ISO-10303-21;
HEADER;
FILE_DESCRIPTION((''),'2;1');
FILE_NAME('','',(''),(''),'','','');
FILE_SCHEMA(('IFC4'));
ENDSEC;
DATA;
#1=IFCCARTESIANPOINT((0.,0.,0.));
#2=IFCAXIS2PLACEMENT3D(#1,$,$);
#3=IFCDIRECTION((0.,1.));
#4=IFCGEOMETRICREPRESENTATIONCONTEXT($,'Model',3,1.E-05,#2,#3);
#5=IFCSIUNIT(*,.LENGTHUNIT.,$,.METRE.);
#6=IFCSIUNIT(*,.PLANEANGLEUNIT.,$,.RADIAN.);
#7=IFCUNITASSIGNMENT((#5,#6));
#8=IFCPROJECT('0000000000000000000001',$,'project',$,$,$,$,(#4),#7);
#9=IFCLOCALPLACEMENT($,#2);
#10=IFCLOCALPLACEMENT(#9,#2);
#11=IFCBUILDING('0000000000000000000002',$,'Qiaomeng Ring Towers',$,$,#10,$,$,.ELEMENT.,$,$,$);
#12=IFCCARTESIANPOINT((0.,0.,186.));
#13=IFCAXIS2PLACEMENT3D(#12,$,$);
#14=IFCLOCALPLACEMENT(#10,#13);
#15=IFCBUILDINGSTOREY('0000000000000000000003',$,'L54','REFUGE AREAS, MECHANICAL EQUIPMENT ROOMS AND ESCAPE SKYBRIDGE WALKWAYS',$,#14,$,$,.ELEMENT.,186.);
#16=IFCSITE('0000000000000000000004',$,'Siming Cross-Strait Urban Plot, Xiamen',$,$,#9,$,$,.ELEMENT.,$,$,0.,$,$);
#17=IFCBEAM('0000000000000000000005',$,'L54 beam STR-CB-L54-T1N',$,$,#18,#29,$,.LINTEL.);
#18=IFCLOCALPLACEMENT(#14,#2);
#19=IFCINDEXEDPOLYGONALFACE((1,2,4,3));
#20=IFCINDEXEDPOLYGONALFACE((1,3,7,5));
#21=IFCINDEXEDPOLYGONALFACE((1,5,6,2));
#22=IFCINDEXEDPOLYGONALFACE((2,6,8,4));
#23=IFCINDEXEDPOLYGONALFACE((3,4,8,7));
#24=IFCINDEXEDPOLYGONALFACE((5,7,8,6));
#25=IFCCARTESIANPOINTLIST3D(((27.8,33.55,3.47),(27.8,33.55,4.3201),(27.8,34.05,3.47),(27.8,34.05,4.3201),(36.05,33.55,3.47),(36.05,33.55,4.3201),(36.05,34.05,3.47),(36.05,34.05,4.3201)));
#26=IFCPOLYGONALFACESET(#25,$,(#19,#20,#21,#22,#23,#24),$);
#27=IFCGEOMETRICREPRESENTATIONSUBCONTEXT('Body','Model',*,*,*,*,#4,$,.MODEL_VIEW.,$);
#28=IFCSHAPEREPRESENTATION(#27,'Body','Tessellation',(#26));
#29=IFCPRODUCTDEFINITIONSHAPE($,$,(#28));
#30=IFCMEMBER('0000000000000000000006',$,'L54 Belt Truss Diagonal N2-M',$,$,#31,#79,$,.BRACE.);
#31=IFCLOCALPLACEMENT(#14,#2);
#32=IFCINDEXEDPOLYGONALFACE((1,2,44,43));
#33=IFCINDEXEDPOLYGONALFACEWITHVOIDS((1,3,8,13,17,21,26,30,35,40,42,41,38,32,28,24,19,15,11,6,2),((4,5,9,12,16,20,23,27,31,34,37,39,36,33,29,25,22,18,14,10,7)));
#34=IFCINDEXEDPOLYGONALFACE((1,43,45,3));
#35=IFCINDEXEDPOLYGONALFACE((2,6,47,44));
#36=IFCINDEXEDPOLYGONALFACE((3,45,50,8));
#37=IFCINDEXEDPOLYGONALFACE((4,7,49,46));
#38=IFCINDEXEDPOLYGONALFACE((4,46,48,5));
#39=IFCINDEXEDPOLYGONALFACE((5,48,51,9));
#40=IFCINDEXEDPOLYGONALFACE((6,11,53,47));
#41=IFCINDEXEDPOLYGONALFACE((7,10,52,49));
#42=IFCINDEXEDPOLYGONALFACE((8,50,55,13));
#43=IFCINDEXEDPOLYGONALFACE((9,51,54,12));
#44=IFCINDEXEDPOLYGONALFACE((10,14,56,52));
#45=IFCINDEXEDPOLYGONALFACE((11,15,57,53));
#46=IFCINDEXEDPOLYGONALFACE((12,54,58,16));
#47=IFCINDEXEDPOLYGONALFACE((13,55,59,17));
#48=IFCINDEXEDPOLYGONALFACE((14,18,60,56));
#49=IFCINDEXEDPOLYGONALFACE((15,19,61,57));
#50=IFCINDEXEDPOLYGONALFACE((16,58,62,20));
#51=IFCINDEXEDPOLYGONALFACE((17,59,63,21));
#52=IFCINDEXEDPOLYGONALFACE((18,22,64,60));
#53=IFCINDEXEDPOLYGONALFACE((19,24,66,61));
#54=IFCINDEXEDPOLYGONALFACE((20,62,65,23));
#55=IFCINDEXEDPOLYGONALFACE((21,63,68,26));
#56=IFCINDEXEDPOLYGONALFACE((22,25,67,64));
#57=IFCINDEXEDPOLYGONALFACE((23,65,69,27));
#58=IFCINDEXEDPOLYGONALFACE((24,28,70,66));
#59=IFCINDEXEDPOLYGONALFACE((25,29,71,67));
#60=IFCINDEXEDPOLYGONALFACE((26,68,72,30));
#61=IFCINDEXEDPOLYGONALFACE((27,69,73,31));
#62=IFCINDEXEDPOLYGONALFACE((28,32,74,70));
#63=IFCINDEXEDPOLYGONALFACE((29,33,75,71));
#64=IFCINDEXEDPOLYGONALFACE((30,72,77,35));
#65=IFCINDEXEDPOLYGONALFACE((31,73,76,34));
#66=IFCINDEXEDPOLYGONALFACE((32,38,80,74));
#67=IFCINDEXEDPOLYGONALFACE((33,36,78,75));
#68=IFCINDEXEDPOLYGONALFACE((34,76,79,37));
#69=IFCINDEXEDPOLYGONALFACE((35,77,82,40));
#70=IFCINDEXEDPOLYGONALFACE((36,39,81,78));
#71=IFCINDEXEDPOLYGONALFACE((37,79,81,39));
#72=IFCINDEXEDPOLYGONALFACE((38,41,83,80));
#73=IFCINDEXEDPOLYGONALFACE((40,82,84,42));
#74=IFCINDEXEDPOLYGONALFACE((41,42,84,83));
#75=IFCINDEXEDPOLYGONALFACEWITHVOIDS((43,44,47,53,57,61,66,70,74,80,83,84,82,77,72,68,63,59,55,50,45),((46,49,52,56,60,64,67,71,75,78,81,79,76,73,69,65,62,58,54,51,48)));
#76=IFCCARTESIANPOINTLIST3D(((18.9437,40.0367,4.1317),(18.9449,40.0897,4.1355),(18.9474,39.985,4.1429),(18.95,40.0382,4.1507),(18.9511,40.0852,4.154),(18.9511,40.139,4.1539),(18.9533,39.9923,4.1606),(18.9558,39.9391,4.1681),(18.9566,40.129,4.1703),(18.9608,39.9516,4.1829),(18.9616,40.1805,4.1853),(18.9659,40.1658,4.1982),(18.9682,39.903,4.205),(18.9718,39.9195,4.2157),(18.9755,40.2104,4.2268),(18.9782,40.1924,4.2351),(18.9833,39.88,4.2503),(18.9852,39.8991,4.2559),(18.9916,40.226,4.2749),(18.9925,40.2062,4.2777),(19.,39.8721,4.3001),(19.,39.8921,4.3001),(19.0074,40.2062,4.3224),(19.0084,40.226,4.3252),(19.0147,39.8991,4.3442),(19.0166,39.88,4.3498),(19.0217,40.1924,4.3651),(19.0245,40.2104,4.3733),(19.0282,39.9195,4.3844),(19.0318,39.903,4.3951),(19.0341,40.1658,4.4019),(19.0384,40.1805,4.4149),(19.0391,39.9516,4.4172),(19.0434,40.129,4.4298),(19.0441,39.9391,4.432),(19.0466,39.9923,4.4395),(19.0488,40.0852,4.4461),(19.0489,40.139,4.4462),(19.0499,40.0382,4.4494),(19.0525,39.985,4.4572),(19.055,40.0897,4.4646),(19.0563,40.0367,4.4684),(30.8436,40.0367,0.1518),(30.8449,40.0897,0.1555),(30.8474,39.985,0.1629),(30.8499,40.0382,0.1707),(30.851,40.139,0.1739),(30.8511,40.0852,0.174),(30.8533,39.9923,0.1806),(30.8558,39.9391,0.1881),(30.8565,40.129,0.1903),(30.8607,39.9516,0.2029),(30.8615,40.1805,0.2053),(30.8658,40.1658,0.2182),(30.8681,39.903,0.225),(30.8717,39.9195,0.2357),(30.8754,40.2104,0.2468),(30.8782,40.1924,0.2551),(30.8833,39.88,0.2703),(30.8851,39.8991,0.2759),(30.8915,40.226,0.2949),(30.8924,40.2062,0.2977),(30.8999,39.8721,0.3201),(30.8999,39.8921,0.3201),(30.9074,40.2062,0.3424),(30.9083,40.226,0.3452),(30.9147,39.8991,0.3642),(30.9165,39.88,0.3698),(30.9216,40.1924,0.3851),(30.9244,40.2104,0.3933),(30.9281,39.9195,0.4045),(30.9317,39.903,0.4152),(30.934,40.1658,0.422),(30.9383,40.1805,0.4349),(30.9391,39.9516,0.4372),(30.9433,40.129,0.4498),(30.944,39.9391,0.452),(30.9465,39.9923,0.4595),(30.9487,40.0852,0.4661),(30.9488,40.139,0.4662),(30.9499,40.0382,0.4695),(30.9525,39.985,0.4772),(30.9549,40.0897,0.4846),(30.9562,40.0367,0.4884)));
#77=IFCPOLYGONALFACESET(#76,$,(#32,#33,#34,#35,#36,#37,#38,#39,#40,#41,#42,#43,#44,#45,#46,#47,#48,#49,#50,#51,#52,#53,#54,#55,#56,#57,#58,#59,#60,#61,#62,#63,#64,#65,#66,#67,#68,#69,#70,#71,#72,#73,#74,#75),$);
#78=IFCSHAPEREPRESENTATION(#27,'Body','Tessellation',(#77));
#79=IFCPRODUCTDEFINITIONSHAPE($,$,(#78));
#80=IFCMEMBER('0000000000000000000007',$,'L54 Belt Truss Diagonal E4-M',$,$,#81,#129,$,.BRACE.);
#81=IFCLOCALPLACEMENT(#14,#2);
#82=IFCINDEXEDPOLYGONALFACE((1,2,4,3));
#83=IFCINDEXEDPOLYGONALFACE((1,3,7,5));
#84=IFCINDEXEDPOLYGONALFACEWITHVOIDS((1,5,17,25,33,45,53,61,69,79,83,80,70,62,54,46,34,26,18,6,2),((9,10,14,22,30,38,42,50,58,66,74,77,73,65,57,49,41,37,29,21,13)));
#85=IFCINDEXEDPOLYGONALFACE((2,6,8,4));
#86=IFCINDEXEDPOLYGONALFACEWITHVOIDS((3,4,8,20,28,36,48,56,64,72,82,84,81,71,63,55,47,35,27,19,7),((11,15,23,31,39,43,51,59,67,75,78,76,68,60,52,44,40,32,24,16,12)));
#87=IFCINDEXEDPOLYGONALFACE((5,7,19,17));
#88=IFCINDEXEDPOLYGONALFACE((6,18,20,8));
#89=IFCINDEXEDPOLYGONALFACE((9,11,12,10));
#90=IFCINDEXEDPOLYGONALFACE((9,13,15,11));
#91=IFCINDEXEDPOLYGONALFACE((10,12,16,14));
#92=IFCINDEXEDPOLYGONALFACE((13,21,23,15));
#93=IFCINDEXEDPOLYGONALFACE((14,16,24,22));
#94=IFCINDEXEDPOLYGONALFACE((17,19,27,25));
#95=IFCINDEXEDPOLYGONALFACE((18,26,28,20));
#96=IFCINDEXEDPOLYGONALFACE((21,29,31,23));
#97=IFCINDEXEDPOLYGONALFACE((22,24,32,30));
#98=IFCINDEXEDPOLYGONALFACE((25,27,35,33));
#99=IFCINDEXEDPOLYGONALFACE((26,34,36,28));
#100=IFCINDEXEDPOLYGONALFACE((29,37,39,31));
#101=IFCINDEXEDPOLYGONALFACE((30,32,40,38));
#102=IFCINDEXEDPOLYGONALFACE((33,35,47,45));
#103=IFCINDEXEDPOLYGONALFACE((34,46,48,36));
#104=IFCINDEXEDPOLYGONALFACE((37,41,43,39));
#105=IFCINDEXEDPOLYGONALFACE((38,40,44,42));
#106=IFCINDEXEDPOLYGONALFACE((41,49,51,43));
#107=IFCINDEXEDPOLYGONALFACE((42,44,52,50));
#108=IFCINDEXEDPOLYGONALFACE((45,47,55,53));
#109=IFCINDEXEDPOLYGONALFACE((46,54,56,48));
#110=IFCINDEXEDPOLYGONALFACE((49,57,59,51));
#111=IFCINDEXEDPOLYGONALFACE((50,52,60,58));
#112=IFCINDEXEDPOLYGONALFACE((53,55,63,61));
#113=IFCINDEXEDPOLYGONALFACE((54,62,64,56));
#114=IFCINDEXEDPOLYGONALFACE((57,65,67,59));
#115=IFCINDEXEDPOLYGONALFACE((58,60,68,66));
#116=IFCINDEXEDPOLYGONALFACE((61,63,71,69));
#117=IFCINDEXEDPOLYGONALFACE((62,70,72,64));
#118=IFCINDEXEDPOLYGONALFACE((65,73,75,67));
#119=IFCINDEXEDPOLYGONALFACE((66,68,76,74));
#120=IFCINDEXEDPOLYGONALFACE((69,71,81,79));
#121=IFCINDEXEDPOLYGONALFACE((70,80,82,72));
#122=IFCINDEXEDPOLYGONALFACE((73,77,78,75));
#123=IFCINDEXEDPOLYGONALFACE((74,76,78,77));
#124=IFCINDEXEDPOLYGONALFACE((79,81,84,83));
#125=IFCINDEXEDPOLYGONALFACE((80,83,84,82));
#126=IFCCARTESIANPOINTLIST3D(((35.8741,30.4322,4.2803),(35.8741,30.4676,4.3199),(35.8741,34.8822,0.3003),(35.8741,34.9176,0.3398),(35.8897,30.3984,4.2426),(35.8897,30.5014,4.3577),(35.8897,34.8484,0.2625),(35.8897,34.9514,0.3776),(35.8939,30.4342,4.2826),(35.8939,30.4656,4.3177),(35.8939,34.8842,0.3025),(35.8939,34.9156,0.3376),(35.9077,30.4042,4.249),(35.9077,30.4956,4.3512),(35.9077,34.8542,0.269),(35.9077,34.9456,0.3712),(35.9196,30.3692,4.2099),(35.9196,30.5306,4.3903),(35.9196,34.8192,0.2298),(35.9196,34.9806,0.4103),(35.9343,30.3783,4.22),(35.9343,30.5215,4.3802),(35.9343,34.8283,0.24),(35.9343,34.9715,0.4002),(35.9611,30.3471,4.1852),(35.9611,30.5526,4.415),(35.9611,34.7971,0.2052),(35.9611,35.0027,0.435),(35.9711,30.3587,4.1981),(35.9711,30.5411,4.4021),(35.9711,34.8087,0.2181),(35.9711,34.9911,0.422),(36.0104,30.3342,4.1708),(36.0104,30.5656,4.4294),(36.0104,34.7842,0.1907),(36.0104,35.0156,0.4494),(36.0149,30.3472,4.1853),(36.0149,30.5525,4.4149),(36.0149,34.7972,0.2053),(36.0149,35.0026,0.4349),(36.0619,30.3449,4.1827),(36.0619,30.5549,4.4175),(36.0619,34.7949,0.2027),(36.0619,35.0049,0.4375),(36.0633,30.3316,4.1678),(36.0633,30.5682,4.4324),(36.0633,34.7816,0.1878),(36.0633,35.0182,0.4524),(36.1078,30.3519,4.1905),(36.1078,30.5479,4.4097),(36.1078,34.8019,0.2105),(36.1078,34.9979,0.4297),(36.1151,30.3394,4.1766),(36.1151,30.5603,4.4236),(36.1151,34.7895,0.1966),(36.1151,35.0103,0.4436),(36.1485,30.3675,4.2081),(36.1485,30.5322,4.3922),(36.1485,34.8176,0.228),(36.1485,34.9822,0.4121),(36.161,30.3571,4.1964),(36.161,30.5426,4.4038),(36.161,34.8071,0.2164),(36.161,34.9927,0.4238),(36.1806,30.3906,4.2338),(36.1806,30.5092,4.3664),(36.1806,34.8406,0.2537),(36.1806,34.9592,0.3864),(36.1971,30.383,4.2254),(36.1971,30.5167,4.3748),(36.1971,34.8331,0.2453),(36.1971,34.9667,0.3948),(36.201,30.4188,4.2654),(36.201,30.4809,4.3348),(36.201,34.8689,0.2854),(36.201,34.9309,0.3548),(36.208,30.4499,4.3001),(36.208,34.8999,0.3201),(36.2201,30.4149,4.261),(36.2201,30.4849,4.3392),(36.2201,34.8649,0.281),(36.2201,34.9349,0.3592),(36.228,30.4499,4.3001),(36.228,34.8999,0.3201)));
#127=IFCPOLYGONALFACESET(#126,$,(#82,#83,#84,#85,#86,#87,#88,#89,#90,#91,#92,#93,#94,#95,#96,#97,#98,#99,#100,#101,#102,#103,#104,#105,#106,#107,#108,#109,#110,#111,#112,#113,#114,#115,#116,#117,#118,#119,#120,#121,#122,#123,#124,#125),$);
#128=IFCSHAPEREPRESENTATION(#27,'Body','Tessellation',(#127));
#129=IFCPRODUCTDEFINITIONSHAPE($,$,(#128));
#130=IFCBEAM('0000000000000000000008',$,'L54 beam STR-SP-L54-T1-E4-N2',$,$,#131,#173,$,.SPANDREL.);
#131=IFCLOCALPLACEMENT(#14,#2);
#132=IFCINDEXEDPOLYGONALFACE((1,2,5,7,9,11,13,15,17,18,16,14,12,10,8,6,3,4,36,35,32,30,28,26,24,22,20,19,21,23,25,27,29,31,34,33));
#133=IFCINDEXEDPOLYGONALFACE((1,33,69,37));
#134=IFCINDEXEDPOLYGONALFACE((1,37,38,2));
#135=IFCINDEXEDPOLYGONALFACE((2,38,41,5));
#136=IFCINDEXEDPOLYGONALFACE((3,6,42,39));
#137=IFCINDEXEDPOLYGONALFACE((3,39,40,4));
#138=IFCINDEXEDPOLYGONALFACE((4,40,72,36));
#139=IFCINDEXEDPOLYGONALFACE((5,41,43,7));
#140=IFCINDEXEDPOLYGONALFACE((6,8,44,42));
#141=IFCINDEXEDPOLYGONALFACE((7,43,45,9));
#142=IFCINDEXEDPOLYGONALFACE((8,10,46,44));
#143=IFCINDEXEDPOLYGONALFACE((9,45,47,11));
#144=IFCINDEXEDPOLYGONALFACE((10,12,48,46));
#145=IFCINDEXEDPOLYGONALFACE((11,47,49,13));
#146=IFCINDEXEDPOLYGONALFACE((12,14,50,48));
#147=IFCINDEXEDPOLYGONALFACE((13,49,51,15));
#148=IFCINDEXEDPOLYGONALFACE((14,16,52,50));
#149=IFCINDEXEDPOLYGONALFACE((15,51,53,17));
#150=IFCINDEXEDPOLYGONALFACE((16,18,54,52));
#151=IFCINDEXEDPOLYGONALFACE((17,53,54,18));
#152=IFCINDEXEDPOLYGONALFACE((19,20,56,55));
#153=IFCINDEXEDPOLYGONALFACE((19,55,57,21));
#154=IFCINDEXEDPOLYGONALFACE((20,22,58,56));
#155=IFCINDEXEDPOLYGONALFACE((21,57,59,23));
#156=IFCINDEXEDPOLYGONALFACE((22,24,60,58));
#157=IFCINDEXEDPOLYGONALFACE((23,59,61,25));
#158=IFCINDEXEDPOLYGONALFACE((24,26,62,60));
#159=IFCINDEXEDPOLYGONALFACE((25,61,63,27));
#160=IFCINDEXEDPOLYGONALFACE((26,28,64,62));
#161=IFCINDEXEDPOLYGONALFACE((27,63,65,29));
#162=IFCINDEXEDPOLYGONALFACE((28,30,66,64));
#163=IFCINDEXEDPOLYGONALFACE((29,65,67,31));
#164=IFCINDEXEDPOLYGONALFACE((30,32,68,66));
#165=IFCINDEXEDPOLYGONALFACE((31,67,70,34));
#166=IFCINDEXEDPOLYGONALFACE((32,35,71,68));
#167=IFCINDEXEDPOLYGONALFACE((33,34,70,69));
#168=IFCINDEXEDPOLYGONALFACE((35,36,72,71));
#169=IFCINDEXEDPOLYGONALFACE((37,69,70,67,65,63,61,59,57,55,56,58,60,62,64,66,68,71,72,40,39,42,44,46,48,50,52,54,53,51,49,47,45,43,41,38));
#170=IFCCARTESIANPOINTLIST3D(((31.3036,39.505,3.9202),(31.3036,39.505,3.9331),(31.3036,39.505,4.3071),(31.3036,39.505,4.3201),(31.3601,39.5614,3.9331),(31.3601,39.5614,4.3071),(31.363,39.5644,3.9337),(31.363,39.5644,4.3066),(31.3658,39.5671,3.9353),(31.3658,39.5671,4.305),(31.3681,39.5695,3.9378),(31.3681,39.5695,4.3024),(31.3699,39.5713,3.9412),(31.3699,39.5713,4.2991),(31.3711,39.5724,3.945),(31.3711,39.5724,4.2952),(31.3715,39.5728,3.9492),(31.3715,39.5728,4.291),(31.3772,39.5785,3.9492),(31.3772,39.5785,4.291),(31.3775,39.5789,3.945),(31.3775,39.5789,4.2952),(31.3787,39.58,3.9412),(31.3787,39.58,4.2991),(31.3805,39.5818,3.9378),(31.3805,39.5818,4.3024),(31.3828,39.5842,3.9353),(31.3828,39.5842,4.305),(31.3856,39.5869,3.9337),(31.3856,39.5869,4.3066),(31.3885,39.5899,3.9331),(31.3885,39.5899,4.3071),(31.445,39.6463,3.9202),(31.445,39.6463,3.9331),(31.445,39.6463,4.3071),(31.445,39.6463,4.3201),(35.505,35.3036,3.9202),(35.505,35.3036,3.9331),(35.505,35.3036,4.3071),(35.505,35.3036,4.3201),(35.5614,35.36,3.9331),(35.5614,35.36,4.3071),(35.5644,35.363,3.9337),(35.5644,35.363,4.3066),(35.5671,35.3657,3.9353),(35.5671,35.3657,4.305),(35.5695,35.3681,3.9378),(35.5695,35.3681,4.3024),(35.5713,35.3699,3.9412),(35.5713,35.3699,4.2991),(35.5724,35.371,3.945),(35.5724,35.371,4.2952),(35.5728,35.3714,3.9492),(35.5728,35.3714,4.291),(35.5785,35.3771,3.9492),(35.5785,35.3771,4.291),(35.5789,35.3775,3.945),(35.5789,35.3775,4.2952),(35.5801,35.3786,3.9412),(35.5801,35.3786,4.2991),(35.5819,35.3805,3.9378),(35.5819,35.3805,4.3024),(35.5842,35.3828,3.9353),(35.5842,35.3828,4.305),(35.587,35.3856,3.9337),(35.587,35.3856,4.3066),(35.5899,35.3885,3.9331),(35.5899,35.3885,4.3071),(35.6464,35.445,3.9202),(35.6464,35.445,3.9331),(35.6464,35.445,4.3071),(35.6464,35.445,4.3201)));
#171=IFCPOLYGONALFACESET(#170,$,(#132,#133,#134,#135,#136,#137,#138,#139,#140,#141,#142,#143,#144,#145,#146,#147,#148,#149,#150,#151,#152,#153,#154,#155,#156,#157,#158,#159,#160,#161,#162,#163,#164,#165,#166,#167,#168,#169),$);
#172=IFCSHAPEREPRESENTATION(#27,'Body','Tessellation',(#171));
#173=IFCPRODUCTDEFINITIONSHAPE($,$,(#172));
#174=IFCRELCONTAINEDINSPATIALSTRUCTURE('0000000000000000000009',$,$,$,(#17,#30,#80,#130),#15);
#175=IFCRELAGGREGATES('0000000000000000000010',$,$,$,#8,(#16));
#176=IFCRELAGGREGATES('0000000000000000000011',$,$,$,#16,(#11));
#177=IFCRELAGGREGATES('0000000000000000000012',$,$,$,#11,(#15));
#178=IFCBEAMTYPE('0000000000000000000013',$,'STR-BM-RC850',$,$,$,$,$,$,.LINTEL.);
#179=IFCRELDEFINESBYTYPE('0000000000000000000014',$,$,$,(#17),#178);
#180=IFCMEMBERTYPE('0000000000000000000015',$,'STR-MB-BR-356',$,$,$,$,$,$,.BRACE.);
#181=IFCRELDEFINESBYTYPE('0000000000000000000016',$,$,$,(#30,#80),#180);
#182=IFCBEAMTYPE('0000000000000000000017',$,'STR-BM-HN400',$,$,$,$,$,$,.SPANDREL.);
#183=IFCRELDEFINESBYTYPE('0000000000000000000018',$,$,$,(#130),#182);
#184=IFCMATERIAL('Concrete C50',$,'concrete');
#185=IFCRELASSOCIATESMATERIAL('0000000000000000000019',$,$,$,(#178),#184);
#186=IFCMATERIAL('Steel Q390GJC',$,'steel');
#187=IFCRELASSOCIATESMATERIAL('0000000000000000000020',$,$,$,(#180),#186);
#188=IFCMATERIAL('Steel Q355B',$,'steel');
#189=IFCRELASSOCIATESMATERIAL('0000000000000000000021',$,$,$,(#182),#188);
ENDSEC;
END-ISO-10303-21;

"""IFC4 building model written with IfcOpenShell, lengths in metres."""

from ifc_helpers import new_model, si_unit, direction, frame, origin, origin_2d, place, context, subcontext, project, spatial, rectangle, hollow_circle, i_section, extrude, source, transform, mapped, material, material_profile, profile_set, type_object, element, save


model = new_model("IFC4")

# Units and contexts
model_context = context("Model", 3, precision=1e-05, world=origin(), true_north=direction((0.0, 1.0)))
body_context = subcontext(model_context, "Body", "Model", "MODEL_VIEW")
ifc_project = project(units=[si_unit("LENGTHUNIT", "METRE"), si_unit("PLANEANGLEUNIT", "RADIAN")], contexts=[model_context])

# Site, building, storey
site_placement = place(None, origin())
site = spatial("IfcSite", under=ifc_project, at=site_placement, Name="Siming Cross-Strait Urban Plot, Xiamen", CompositionType="ELEMENT", RefElevation=0.0)
building_placement = place(site_placement, origin())
building = spatial("IfcBuilding", under=site, at=building_placement, Name="Qiaomeng Ring Towers", CompositionType="ELEMENT")
storey_placement = place(building_placement, frame((0.0, 0.0, 186.0)))
storey = spatial("IfcBuildingStorey", under=building, at=storey_placement, Name="L54", Description="REFUGE AREAS, MECHANICAL EQUIPMENT ROOMS AND ESCAPE SKYBRIDGE WALKWAYS", CompositionType="ELEMENT", Elevation=186.0)

# Shared definitions
ifc_material_1 = material(Name="Concrete C50", Category="concrete")

# Shared definitions
ifc_material_2 = material(Name="Steel Q390GJC", Category="steel")

# Beam
ifc_material_3 = material(Name="Steel Q355B", Category="steel")
ifc_material_profile_1 = material_profile(ifc_material_1, rectangle(XDim=0.5, YDim=0.8501, at=origin_2d()), Name="RC BM 500x850")
ifc_profile_set_1 = profile_set([ifc_material_profile_1], Name="Concrete C50")
beam_type_1 = type_object("IfcBeamType", Name="STR-BM-RC850", PredefinedType="LINTEL", material=ifc_profile_set_1)
shared_shape_1 = source(origin(), body_context, "Body", "SweptSolid", [
    extrude(rectangle(XDim=0.5, YDim=0.8501, at=origin_2d()), origin(), (0.0, 0.0, 1.0), 8.25),
])
beam_1_placement = place(storey_placement, frame((27.8, 33.8, 3.895), z_axis=(1.0, 0.0, 0.0), x_axis=(0.0, 1.0, 0.0)))
element("IfcBeam", 1, at=beam_1_placement, inside=storey, type_object=beam_type_1, Name="L54 beam STR-CB-L54-T1N", PredefinedType="LINTEL", context=body_context, shape_type="MappedRepresentation", body=[
    mapped(shared_shape_1, transform((0.0, 0.0, 0.0), x_axis=(1.0, 0.0, 0.0), y_axis=(0.0, 1.0, 0.0), z_axis=(0.0, 0.0, 1.0), scale=1.0)),
])

# Members
ifc_material_profile_2 = material_profile(ifc_material_2, hollow_circle(Radius=0.178, WallThickness=0.02, at=origin_2d()), Name="CHS 356x20")
ifc_profile_set_2 = profile_set([ifc_material_profile_2], Name="Steel Q390GJC")
member_type_1 = type_object("IfcMemberType", Name="STR-MB-BR-356", PredefinedType="BRACE", material=ifc_profile_set_2)
shared_shape_2 = source(origin(), body_context, "Body", "SweptSolid", [
    extrude(hollow_circle(Radius=0.178, WallThickness=0.02, at=origin_2d()), origin(), (0.0, 0.0, 1.0), 12.5479),
])
member_1_placement = place(storey_placement, frame((30.8999, 40.05, 0.3201), z_axis=(-0.948364, 0.0, 0.317185), x_axis=(0.0, -1.0, 0.0)))
element("IfcMember", 2, at=member_1_placement, inside=storey, type_object=member_type_1, Name="L54 Belt Truss Diagonal N2-M", PredefinedType="BRACE", context=body_context, shape_type="MappedRepresentation", body=[
    mapped(shared_shape_2, transform((0.0, 0.0, 0.0), x_axis=(1.0, 0.0, 0.0), y_axis=(0.0, 1.0, 0.0), z_axis=(0.0, 0.0, 1.0), scale=1.0)),
])
shared_shape_3 = source(origin(), body_context, "Body", "SweptSolid", [
    extrude(hollow_circle(Radius=0.178, WallThickness=0.02, at=origin_2d()), origin(), (0.0, 0.0, 1.0), 5.9702),
])
member_2_placement = place(storey_placement, frame((36.05, 34.8999, 0.3201), z_axis=(0.0, -0.745371, 0.66665), x_axis=(1.0, 0.0, 0.0)))
element("IfcMember", 3, at=member_2_placement, inside=storey, type_object=member_type_1, Name="L54 Belt Truss Diagonal E4-M", PredefinedType="BRACE", context=body_context, shape_type="MappedRepresentation", body=[
    mapped(shared_shape_3, transform((0.0, 0.0, 0.0), x_axis=(1.0, 0.0, 0.0), y_axis=(0.0, 1.0, 0.0), z_axis=(0.0, 0.0, 1.0), scale=1.0)),
])

# Beam
ifc_material_profile_3 = material_profile(ifc_material_3, i_section(OverallWidth=0.2, OverallDepth=0.3999, WebThickness=0.0081, FlangeThickness=0.0129, FilletRadius=0.0161, at=origin_2d()), Name="HN 400x200x8x13")
ifc_profile_set_3 = profile_set([ifc_material_profile_3], Name="Steel Q355B")
beam_type_2 = type_object("IfcBeamType", Name="STR-BM-HN400", PredefinedType="SPANDREL", material=ifc_profile_set_3)
shared_shape_4 = source(origin(), body_context, "Body", "SweptSolid", [
    extrude(i_section(OverallWidth=0.2, OverallDepth=0.3999, WebThickness=0.0081, FlangeThickness=0.0129, FilletRadius=0.0161, at=origin_2d()), origin(), (0.0, 0.0, 1.0), 5.9417),
])
beam_2_placement = place(storey_placement, frame((35.5757, 35.3743, 4.1201), z_axis=(-0.707107, 0.707107, 0.0), x_axis=(-0.707107, -0.707107, 0.0)))
element("IfcBeam", 4, at=beam_2_placement, inside=storey, type_object=beam_type_2, Name="L54 beam STR-SP-L54-T1-E4-N2", PredefinedType="SPANDREL", context=body_context, shape_type="MappedRepresentation", body=[
    mapped(shared_shape_4, transform((0.0, 0.0, 0.0), x_axis=(1.0, 0.0, 0.0), y_axis=(0.0, 1.0, 0.0), z_axis=(0.0, 0.0, 1.0), scale=1.0)),
])

save(model, "model.ifc")
